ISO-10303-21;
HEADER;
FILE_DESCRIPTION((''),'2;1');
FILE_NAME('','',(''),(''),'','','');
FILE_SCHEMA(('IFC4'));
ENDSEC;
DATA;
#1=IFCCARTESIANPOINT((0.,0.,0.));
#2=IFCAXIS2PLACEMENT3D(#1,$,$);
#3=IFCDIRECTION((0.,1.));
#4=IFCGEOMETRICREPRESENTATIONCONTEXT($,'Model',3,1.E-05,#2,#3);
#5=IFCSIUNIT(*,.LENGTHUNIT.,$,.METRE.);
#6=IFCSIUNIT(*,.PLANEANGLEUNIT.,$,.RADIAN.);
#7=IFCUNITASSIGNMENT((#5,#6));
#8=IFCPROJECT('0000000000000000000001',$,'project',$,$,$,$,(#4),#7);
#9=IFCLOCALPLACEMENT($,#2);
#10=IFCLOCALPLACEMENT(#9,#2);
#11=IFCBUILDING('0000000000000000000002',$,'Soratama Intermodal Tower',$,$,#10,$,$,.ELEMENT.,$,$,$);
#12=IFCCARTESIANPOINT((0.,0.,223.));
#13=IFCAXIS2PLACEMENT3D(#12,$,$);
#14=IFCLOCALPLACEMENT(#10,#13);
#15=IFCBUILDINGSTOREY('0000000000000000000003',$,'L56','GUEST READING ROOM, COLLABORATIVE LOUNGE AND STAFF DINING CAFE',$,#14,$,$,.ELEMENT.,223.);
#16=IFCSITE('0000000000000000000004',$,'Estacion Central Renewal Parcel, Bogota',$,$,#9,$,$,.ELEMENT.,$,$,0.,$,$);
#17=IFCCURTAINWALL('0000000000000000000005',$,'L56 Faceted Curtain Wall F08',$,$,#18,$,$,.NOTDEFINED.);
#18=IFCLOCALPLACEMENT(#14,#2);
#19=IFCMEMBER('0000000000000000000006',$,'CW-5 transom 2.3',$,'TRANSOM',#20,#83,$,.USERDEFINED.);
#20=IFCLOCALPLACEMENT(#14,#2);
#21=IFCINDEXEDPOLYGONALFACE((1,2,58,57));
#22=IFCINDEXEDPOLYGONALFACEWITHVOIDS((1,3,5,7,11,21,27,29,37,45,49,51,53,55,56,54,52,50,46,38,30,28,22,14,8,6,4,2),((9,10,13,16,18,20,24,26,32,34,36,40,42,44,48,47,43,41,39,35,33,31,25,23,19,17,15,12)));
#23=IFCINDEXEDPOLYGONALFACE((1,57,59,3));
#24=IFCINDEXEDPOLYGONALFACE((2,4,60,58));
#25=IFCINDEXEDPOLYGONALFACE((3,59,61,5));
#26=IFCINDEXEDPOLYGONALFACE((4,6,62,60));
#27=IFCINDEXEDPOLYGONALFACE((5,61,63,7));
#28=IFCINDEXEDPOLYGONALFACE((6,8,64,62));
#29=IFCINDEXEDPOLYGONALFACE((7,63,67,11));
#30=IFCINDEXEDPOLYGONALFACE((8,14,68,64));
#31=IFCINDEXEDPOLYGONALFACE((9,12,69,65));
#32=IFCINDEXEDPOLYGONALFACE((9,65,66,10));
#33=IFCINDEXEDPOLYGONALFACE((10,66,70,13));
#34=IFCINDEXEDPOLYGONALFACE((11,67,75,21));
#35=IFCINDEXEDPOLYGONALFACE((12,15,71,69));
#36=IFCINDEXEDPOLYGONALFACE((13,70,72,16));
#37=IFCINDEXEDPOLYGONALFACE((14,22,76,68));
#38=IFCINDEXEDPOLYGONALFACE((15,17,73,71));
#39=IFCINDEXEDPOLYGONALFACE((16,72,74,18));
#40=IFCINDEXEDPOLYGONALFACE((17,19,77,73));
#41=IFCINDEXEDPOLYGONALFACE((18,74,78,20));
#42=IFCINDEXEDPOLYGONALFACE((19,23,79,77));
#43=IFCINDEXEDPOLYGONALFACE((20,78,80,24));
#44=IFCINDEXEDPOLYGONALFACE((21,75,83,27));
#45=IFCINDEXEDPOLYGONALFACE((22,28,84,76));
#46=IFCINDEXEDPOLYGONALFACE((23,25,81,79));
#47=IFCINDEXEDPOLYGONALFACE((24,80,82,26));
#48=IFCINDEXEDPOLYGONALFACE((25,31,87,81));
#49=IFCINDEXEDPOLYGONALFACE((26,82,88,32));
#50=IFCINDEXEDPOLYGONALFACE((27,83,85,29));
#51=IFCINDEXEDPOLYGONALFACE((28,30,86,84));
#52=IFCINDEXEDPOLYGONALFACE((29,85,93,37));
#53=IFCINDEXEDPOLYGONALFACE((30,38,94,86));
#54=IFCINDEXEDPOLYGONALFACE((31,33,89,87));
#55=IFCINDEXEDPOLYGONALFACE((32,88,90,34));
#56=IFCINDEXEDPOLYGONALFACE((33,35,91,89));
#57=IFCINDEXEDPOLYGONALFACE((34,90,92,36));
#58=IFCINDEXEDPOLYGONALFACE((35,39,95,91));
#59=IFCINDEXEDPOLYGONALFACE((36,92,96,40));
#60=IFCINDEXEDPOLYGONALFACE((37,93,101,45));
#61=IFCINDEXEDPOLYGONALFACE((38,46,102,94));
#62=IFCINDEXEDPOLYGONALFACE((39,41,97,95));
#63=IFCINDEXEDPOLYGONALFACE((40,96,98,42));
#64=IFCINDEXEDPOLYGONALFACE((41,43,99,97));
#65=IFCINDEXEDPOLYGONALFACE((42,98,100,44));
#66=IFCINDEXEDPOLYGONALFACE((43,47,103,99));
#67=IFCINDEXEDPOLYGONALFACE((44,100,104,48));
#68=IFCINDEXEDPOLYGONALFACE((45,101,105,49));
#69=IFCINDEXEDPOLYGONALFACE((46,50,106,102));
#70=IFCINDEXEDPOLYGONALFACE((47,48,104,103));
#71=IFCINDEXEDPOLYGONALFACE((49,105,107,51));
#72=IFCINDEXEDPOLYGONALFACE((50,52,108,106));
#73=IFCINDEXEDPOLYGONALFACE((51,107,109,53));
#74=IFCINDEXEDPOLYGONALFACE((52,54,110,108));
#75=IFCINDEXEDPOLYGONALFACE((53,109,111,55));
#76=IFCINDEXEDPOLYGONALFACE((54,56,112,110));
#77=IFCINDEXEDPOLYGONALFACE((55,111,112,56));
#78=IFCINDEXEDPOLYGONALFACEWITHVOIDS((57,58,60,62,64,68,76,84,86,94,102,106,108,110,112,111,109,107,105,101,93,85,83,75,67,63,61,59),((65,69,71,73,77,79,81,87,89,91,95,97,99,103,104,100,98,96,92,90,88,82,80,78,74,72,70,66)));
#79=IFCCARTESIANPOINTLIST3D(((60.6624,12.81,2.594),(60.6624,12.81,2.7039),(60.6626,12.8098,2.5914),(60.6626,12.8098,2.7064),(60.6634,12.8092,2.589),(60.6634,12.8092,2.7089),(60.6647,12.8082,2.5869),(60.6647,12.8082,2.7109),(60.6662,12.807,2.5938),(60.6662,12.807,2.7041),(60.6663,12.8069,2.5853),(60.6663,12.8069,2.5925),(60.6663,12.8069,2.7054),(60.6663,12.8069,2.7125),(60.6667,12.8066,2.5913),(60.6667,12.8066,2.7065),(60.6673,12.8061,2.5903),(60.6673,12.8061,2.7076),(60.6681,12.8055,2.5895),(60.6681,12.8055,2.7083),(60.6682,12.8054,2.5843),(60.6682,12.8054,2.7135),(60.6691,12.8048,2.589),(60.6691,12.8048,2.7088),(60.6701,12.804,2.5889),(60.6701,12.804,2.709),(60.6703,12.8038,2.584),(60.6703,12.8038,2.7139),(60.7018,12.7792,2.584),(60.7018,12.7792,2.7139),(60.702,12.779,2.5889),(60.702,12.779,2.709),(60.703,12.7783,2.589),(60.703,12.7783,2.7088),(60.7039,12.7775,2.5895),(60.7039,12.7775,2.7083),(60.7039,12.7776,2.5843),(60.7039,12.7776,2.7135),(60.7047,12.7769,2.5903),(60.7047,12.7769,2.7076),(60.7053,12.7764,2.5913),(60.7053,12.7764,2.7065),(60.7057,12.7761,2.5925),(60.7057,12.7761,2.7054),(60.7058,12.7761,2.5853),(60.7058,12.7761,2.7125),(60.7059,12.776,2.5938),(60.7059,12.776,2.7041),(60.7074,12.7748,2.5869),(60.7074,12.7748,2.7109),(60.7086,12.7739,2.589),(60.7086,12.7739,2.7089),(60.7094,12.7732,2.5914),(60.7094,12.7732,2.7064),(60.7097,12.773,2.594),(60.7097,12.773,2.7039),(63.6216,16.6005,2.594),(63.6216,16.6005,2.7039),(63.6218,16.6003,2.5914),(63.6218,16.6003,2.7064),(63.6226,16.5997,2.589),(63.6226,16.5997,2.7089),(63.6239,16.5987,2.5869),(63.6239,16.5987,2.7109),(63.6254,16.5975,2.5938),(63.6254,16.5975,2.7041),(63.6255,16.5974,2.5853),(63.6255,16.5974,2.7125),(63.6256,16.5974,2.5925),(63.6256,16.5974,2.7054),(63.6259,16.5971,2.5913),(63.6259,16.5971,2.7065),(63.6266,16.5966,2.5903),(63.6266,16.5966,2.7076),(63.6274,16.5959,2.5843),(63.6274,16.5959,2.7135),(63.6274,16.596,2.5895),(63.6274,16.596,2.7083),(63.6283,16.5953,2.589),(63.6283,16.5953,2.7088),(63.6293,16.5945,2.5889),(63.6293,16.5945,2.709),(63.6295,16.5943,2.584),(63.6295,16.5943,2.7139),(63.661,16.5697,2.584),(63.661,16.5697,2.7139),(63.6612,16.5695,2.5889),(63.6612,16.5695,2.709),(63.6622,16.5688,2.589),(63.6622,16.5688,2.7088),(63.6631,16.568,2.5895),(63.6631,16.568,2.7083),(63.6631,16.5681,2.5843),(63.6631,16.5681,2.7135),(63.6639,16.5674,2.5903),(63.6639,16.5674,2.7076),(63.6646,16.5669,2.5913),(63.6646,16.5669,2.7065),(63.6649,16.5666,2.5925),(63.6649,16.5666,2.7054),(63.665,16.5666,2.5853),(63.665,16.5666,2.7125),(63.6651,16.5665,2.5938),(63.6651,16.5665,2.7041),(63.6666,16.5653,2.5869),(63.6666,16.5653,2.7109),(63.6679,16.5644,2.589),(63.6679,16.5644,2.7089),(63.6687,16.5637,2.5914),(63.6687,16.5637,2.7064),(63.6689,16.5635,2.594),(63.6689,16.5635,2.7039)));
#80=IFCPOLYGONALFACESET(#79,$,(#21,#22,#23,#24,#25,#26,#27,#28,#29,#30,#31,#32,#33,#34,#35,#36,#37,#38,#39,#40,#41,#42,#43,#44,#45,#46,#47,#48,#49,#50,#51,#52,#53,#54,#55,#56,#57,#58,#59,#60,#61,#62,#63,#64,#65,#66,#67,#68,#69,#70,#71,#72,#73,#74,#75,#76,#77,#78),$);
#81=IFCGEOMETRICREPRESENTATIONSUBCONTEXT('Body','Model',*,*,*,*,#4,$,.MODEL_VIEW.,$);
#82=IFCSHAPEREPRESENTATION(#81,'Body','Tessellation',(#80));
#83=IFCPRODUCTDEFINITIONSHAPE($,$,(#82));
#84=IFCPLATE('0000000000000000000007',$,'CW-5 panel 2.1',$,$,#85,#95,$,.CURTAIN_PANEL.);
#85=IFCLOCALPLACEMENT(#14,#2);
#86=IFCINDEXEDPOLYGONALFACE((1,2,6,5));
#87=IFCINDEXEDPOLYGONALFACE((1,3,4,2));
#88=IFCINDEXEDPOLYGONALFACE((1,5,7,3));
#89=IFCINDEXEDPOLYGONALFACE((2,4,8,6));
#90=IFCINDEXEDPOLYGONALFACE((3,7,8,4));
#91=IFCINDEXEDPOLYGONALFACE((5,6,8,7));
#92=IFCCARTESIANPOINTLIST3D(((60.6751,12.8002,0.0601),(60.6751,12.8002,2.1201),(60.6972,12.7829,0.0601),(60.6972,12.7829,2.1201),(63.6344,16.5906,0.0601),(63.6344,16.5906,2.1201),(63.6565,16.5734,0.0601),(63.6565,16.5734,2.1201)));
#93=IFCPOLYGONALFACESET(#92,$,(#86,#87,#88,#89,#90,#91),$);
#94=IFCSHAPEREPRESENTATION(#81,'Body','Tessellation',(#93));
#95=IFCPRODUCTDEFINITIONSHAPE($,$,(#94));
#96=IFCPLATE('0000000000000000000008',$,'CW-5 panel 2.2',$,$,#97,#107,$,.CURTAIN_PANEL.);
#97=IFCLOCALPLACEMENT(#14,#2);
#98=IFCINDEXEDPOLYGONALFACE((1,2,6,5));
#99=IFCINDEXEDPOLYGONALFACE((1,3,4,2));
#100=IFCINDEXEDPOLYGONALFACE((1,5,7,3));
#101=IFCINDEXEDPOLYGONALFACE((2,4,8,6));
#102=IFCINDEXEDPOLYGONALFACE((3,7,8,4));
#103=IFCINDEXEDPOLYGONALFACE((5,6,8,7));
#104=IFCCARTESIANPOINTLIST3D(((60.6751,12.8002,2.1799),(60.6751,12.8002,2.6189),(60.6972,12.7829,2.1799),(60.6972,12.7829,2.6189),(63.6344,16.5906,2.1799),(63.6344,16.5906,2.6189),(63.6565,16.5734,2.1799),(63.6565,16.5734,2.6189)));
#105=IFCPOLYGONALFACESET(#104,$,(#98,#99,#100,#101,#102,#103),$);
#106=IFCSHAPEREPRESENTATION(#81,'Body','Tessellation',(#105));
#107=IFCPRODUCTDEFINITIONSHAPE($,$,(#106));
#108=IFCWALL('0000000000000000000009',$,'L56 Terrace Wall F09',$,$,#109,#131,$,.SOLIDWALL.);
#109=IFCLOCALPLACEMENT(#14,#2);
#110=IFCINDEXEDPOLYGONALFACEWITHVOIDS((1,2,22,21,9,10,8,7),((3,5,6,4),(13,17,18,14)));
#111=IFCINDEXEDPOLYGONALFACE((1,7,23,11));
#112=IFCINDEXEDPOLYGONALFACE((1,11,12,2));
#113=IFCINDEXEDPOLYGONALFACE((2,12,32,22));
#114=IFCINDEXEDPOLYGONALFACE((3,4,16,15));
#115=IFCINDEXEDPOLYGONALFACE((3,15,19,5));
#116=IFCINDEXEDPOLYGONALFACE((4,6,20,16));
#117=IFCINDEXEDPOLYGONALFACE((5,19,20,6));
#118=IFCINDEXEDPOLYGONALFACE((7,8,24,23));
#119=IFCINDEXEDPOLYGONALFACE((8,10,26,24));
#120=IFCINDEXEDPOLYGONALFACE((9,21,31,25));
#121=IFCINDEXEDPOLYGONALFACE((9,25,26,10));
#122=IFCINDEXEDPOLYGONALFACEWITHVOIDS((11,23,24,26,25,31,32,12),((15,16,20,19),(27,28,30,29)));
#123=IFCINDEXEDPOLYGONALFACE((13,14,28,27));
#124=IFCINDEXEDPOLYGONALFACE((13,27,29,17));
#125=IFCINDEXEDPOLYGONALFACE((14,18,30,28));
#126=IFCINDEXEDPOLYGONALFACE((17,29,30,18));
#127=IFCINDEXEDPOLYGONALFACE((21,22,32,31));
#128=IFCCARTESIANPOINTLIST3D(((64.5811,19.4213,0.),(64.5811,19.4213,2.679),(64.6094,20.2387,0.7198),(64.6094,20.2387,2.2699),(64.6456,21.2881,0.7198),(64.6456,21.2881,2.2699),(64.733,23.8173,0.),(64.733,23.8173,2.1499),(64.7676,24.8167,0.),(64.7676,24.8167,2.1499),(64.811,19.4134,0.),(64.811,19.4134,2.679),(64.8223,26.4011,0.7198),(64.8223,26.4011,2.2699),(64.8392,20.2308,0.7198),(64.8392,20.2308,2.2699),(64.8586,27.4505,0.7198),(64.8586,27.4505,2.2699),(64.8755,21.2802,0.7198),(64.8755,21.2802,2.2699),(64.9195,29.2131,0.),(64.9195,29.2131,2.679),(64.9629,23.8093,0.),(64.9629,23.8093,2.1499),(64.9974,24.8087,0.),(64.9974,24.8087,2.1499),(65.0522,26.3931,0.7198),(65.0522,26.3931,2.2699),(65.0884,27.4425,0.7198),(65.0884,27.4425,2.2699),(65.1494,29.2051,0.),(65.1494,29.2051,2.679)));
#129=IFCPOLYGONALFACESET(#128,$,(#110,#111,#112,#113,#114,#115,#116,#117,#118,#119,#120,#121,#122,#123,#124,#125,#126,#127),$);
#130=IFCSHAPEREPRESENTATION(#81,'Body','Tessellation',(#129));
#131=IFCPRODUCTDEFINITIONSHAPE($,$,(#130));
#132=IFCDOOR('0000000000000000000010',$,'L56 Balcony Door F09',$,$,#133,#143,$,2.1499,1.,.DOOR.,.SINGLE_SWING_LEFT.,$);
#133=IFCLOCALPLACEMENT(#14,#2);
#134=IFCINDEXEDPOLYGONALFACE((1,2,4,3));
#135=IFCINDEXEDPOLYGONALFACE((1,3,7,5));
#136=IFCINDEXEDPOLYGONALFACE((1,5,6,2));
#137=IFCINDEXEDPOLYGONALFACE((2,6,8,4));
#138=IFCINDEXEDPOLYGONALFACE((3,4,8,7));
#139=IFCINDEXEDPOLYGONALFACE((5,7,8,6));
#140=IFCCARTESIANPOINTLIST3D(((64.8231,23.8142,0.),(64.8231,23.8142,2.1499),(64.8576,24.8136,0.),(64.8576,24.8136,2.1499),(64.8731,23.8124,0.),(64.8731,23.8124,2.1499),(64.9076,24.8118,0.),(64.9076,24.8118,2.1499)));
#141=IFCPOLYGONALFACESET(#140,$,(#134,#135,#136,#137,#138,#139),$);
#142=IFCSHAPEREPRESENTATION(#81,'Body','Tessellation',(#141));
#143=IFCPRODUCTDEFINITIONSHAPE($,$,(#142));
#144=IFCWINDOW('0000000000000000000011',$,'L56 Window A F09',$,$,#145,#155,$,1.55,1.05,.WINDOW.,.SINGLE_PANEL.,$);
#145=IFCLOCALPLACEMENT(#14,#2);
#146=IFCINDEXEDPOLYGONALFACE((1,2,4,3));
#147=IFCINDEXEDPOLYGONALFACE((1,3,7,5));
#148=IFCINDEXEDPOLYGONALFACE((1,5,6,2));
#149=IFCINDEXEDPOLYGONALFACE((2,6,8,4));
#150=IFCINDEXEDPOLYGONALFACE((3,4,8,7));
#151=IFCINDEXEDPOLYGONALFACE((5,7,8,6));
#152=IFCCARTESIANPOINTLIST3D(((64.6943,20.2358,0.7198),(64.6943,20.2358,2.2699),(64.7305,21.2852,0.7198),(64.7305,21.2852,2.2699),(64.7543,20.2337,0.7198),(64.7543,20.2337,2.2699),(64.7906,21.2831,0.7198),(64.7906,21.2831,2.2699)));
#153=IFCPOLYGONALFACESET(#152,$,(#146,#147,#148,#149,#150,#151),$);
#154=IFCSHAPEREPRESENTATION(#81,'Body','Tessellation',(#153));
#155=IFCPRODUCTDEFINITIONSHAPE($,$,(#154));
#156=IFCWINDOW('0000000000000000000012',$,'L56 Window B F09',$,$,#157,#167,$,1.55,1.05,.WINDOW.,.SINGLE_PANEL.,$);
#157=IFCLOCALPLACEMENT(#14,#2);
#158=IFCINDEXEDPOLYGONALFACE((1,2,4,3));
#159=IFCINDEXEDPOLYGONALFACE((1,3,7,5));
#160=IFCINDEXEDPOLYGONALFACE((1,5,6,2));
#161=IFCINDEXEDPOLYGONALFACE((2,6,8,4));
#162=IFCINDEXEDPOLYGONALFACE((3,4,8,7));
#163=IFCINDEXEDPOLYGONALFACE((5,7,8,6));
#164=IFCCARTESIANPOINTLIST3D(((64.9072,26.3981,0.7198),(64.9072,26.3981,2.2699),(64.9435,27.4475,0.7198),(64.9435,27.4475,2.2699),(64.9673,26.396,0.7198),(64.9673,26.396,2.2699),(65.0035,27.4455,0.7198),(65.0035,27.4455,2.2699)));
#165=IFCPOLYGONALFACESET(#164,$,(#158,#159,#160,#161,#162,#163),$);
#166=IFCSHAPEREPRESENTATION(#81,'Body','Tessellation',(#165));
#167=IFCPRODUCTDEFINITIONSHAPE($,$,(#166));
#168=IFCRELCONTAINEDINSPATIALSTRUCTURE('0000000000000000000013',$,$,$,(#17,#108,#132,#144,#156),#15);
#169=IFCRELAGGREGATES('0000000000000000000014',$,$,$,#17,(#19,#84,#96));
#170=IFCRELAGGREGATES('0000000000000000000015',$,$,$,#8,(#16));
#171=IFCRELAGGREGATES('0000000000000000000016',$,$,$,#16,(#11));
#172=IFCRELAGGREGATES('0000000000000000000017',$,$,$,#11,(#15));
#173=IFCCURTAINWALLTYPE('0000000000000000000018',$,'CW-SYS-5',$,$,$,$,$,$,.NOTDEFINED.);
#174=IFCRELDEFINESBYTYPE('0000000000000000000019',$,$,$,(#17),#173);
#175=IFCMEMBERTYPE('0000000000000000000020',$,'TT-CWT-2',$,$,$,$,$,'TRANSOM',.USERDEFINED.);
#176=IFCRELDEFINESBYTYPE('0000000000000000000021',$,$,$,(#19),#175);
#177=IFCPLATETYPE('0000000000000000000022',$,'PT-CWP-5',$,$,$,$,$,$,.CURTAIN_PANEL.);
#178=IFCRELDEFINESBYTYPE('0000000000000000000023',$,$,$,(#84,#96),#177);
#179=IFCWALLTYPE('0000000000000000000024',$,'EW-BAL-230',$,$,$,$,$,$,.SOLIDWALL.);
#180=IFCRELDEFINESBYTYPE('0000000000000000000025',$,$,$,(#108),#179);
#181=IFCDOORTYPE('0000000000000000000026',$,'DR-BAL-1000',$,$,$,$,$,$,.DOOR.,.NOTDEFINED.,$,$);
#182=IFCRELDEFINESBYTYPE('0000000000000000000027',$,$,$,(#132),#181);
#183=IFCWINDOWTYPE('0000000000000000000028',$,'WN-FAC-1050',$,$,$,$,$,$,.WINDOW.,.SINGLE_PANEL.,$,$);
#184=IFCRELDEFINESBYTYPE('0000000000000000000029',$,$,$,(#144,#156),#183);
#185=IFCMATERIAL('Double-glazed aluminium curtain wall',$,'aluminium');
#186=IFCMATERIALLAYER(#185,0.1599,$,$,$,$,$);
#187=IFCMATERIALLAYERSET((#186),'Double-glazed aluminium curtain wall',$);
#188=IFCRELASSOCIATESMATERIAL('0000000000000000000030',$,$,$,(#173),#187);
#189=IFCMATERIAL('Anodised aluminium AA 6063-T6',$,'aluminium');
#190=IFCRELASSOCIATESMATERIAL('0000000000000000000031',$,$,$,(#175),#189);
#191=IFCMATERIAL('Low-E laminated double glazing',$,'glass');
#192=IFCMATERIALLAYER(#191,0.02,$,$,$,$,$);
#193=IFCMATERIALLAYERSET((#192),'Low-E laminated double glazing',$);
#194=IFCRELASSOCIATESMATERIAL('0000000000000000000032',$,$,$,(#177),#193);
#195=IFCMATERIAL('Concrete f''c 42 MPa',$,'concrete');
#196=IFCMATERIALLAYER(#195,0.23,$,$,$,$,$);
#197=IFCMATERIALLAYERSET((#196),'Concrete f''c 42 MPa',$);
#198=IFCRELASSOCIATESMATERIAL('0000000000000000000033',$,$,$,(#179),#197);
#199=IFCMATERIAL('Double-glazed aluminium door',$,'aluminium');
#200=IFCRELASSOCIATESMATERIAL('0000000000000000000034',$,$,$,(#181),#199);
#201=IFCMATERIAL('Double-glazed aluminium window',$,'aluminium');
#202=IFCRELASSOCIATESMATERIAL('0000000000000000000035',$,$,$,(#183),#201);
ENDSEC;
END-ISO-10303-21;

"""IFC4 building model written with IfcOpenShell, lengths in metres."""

from ifc_helpers import new_model, si_unit, direction, frame, frame_2d, origin, origin_2d, place, context, subcontext, project, spatial, rectangle, hollow_rectangle, extrude, material, layer, layer_set, material_profile, profile_set, type_object, element, fill, aggregate, save


model = new_model("IFC4")

# Units and contexts
model_context = context("Model", 3, precision=1e-05, world=origin(), true_north=direction((0.0, 1.0)))
body_context = subcontext(model_context, "Body", "Model", "MODEL_VIEW")
ifc_project = project(units=[si_unit("LENGTHUNIT", "METRE"), si_unit("PLANEANGLEUNIT", "RADIAN")], contexts=[model_context])

# Site, building, storey
site_placement = place(None, origin())
site = spatial("IfcSite", under=ifc_project, at=site_placement, Name="Estacion Central Renewal Parcel, Bogota", CompositionType="ELEMENT", RefElevation=0.0)
building_placement = place(site_placement, origin())
building = spatial("IfcBuilding", under=site, at=building_placement, Name="Soratama Intermodal Tower", CompositionType="ELEMENT")
storey_placement = place(building_placement, frame((0.0, 0.0, 223.0)))
storey = spatial("IfcBuildingStorey", under=building, at=storey_placement, Name="L56", Description="GUEST READING ROOM, COLLABORATIVE LOUNGE AND STAFF DINING CAFE", CompositionType="ELEMENT", Elevation=223.0)

# Curtain wall, member, plates
ifc_material_1 = material(Name="Double-glazed aluminium curtain wall", Category="aluminium")
ifc_layer_1 = layer(ifc_material_1, 0.1599)
ifc_layer_set_1 = layer_set([ifc_layer_1], Name="Double-glazed aluminium curtain wall")
curtain_wall_type = type_object("IfcCurtainWallType", Name="CW-SYS-5", PredefinedType="NOTDEFINED", material=ifc_layer_set_1)
curtain_wall_placement = place(storey_placement, origin())
curtain_wall = element("IfcCurtainWall", 1, at=curtain_wall_placement, inside=storey, type_object=curtain_wall_type, Name="L56 Faceted Curtain Wall F08", PredefinedType="NOTDEFINED")
ifc_material_2 = material(Name="Anodised aluminium AA 6063-T6", Category="aluminium")
ifc_material_profile_1 = material_profile(ifc_material_2, hollow_rectangle(XDim=0.0601, YDim=0.1299, WallThickness=0.0049, InnerFilletRadius=0.0049, OuterFilletRadius=0.01, at=origin_2d()), Name="CWT130X60X5")
ifc_profile_set_1 = profile_set([ifc_material_profile_1], Name="Anodised aluminium AA 6063-T6")
member_type_1 = type_object("IfcMemberType", Name="TT-CWT-2", ElementType="TRANSOM", PredefinedType="USERDEFINED", material=ifc_profile_set_1)
member_1_placement = place(storey_placement, frame((60.686, 12.7915, 2.6489), z_axis=(0.61537, 0.788238, 0.0), x_axis=(-0.788238, 0.61537, 0.0)))
member_1 = element("IfcMember", 2, at=member_1_placement, type_object=member_type_1, Name="CW-5 transom 2.3", ObjectType="TRANSOM", PredefinedType="USERDEFINED", context=body_context, shape_type="SweptSolid", body=[
    extrude(hollow_rectangle(XDim=0.0601, YDim=0.1299, WallThickness=0.0049, InnerFilletRadius=0.0049, OuterFilletRadius=0.01, at=origin_2d()), origin(), (0.0, 0.0, 1.0), 4.8088),
])
ifc_material_3 = material(Name="Low-E laminated double glazing", Category="glass")
ifc_layer_2 = layer(ifc_material_3, 0.02)
ifc_layer_set_2 = layer_set([ifc_layer_2], Name="Low-E laminated double glazing")
plate_type = type_object("IfcPlateType", Name="PT-CWP-5", PredefinedType="CURTAIN_PANEL", material=ifc_layer_set_2)
plate_1_placement = place(storey_placement, frame((62.1658, 14.6868, 0.0601), z_axis=(0.0, 0.0, 1.0), x_axis=(0.615388, 0.788224, 0.0)))
plate_1 = element("IfcPlate", 3, at=plate_1_placement, type_object=plate_type, Name="CW-5 panel 2.1", PredefinedType="CURTAIN_PANEL", context=body_context, shape_type="SweptSolid", body=[
    extrude(rectangle(XDim=4.8088, YDim=0.0281, at=origin_2d()), origin(), (0.0, 0.0, 1.0), 2.0601),
])
plate_2_placement = place(storey_placement, frame((62.1658, 14.6868, 2.1799), z_axis=(0.0, 0.0, 1.0), x_axis=(0.615388, 0.788224, 0.0)))
plate_2 = element("IfcPlate", 4, at=plate_2_placement, type_object=plate_type, Name="CW-5 panel 2.2", PredefinedType="CURTAIN_PANEL", context=body_context, shape_type="SweptSolid", body=[
    extrude(rectangle(XDim=4.8088, YDim=0.0281, at=origin_2d()), origin(), (0.0, 0.0, 1.0), 0.439),
])
aggregate(curtain_wall, [member_1, plate_1, plate_2])

# Wall, openings, door, windows
ifc_material_4 = material(Name="Concrete f'c 42 MPa", Category="concrete")
ifc_layer_3 = layer(ifc_material_4, 0.23)
ifc_layer_set_3 = layer_set([ifc_layer_3], Name="Concrete f'c 42 MPa")
wall_type_1 = type_object("IfcWallType", Name="EW-BAL-230", PredefinedType="SOLIDWALL", material=ifc_layer_set_3)
wall_1_placement = place(storey_placement, frame((64.696, 19.4172, 0.0), z_axis=(0.0, 0.0, 1.0), x_axis=(0.034537, 0.999403, 0.0)))
wall_1 = element("IfcWall", 5, at=wall_1_placement, inside=storey, type_object=wall_type_1, Name="L56 Terrace Wall F09", PredefinedType="SOLIDWALL", context=body_context, shape_type="SweptSolid", body=[
    extrude(rectangle(XDim=9.7976, YDim=0.23, at=frame_2d((4.8989, 0.0))), origin(), (0.0, 0.0, 1.0), 2.679),
])
opening_1_placement = place(wall_1_placement, frame((4.3987, 0.0, 0.0)))
opening_1 = element("IfcOpeningElement", 6, at=opening_1_placement, cuts=wall_1, PredefinedType="OPENING", context=body_context, shape_type="SweptSolid", body=[
    extrude(rectangle(XDim=1.0, YDim=2.1499, at=frame_2d((0.5, 1.075))), frame((0.0, 0.125, 0.0), z_axis=(0.0, -1.0, 0.0), x_axis=(1.0, 0.0, 0.0)), (0.0, 0.0, 1.0), 0.25),
])
opening_2_placement = place(wall_1_placement, frame((0.8181, 0.0, 0.72)))
opening_2 = element("IfcOpeningElement", 7, at=opening_2_placement, cuts=wall_1, PredefinedType="OPENING", context=body_context, shape_type="SweptSolid", body=[
    extrude(rectangle(XDim=1.05, YDim=1.55, at=frame_2d((0.5249, 0.7749))), frame((0.0, 0.125, 0.0), z_axis=(0.0, -1.0, 0.0), x_axis=(1.0, 0.0, 0.0)), (0.0, 0.0, 1.0), 0.25),
])
opening_3_placement = place(wall_1_placement, frame((6.9841, 0.0, 0.72)))
opening_3 = element("IfcOpeningElement", 8, at=opening_3_placement, cuts=wall_1, PredefinedType="OPENING", context=body_context, shape_type="SweptSolid", body=[
    extrude(rectangle(XDim=1.05, YDim=1.55, at=frame_2d((0.5249, 0.7749))), frame((0.0, 0.125, 0.0), z_axis=(0.0, -1.0, 0.0), x_axis=(1.0, 0.0, 0.0)), (0.0, 0.0, 1.0), 0.25),
])
ifc_material_5 = material(Name="Double-glazed aluminium door", Category="aluminium")
door_type_1 = type_object("IfcDoorType", Name="DR-BAL-1000", OperationType="NOTDEFINED", PredefinedType="DOOR", material=ifc_material_5)
door_1_placement = place(opening_1_placement, origin())
door_1 = element("IfcDoor", 9, at=door_1_placement, inside=storey, type_object=door_type_1, Name="L56 Balcony Door F09", OperationType="SINGLE_SWING_LEFT", OverallHeight=2.1499, OverallWidth=1.0, PredefinedType="DOOR", context=body_context, shape_type="SweptSolid", body=[
    extrude(rectangle(XDim=1.0, YDim=2.1499, at=frame_2d((0.5, 1.075))), frame((0.0, 0.0249, 0.0), z_axis=(0.0, -1.0, 0.0), x_axis=(1.0, 0.0, 0.0)), (0.0, 0.0, 1.0), 0.05),
])
fill(opening_1, door_1)
ifc_material_6 = material(Name="Double-glazed aluminium window", Category="aluminium")
window_type_1 = type_object("IfcWindowType", Name="WN-FAC-1050", PartitioningType="SINGLE_PANEL", PredefinedType="WINDOW", material=ifc_material_6)
window_1_placement = place(opening_2_placement, origin())
window_1 = element("IfcWindow", 10, at=window_1_placement, inside=storey, type_object=window_type_1, Name="L56 Window A F09", OverallHeight=1.55, OverallWidth=1.05, PartitioningType="SINGLE_PANEL", PredefinedType="WINDOW", context=body_context, shape_type="SweptSolid", body=[
    extrude(rectangle(XDim=1.05, YDim=1.55, at=frame_2d((0.5249, 0.7749))), frame((0.0, 0.03, 0.0), z_axis=(0.0, -1.0, 0.0), x_axis=(1.0, 0.0, 0.0)), (0.0, 0.0, 1.0), 0.0601),
])
fill(opening_2, window_1)
window_2_placement = place(opening_3_placement, origin())
window_2 = element("IfcWindow", 11, at=window_2_placement, inside=storey, type_object=window_type_1, Name="L56 Window B F09", OverallHeight=1.55, OverallWidth=1.05, PartitioningType="SINGLE_PANEL", PredefinedType="WINDOW", context=body_context, shape_type="SweptSolid", body=[
    extrude(rectangle(XDim=1.05, YDim=1.55, at=frame_2d((0.5249, 0.7749))), frame((0.0, 0.03, 0.0), z_axis=(0.0, -1.0, 0.0), x_axis=(1.0, 0.0, 0.0)), (0.0, 0.0, 1.0), 0.0601),
])
fill(opening_3, window_2)

save(model, "model.ifc")
